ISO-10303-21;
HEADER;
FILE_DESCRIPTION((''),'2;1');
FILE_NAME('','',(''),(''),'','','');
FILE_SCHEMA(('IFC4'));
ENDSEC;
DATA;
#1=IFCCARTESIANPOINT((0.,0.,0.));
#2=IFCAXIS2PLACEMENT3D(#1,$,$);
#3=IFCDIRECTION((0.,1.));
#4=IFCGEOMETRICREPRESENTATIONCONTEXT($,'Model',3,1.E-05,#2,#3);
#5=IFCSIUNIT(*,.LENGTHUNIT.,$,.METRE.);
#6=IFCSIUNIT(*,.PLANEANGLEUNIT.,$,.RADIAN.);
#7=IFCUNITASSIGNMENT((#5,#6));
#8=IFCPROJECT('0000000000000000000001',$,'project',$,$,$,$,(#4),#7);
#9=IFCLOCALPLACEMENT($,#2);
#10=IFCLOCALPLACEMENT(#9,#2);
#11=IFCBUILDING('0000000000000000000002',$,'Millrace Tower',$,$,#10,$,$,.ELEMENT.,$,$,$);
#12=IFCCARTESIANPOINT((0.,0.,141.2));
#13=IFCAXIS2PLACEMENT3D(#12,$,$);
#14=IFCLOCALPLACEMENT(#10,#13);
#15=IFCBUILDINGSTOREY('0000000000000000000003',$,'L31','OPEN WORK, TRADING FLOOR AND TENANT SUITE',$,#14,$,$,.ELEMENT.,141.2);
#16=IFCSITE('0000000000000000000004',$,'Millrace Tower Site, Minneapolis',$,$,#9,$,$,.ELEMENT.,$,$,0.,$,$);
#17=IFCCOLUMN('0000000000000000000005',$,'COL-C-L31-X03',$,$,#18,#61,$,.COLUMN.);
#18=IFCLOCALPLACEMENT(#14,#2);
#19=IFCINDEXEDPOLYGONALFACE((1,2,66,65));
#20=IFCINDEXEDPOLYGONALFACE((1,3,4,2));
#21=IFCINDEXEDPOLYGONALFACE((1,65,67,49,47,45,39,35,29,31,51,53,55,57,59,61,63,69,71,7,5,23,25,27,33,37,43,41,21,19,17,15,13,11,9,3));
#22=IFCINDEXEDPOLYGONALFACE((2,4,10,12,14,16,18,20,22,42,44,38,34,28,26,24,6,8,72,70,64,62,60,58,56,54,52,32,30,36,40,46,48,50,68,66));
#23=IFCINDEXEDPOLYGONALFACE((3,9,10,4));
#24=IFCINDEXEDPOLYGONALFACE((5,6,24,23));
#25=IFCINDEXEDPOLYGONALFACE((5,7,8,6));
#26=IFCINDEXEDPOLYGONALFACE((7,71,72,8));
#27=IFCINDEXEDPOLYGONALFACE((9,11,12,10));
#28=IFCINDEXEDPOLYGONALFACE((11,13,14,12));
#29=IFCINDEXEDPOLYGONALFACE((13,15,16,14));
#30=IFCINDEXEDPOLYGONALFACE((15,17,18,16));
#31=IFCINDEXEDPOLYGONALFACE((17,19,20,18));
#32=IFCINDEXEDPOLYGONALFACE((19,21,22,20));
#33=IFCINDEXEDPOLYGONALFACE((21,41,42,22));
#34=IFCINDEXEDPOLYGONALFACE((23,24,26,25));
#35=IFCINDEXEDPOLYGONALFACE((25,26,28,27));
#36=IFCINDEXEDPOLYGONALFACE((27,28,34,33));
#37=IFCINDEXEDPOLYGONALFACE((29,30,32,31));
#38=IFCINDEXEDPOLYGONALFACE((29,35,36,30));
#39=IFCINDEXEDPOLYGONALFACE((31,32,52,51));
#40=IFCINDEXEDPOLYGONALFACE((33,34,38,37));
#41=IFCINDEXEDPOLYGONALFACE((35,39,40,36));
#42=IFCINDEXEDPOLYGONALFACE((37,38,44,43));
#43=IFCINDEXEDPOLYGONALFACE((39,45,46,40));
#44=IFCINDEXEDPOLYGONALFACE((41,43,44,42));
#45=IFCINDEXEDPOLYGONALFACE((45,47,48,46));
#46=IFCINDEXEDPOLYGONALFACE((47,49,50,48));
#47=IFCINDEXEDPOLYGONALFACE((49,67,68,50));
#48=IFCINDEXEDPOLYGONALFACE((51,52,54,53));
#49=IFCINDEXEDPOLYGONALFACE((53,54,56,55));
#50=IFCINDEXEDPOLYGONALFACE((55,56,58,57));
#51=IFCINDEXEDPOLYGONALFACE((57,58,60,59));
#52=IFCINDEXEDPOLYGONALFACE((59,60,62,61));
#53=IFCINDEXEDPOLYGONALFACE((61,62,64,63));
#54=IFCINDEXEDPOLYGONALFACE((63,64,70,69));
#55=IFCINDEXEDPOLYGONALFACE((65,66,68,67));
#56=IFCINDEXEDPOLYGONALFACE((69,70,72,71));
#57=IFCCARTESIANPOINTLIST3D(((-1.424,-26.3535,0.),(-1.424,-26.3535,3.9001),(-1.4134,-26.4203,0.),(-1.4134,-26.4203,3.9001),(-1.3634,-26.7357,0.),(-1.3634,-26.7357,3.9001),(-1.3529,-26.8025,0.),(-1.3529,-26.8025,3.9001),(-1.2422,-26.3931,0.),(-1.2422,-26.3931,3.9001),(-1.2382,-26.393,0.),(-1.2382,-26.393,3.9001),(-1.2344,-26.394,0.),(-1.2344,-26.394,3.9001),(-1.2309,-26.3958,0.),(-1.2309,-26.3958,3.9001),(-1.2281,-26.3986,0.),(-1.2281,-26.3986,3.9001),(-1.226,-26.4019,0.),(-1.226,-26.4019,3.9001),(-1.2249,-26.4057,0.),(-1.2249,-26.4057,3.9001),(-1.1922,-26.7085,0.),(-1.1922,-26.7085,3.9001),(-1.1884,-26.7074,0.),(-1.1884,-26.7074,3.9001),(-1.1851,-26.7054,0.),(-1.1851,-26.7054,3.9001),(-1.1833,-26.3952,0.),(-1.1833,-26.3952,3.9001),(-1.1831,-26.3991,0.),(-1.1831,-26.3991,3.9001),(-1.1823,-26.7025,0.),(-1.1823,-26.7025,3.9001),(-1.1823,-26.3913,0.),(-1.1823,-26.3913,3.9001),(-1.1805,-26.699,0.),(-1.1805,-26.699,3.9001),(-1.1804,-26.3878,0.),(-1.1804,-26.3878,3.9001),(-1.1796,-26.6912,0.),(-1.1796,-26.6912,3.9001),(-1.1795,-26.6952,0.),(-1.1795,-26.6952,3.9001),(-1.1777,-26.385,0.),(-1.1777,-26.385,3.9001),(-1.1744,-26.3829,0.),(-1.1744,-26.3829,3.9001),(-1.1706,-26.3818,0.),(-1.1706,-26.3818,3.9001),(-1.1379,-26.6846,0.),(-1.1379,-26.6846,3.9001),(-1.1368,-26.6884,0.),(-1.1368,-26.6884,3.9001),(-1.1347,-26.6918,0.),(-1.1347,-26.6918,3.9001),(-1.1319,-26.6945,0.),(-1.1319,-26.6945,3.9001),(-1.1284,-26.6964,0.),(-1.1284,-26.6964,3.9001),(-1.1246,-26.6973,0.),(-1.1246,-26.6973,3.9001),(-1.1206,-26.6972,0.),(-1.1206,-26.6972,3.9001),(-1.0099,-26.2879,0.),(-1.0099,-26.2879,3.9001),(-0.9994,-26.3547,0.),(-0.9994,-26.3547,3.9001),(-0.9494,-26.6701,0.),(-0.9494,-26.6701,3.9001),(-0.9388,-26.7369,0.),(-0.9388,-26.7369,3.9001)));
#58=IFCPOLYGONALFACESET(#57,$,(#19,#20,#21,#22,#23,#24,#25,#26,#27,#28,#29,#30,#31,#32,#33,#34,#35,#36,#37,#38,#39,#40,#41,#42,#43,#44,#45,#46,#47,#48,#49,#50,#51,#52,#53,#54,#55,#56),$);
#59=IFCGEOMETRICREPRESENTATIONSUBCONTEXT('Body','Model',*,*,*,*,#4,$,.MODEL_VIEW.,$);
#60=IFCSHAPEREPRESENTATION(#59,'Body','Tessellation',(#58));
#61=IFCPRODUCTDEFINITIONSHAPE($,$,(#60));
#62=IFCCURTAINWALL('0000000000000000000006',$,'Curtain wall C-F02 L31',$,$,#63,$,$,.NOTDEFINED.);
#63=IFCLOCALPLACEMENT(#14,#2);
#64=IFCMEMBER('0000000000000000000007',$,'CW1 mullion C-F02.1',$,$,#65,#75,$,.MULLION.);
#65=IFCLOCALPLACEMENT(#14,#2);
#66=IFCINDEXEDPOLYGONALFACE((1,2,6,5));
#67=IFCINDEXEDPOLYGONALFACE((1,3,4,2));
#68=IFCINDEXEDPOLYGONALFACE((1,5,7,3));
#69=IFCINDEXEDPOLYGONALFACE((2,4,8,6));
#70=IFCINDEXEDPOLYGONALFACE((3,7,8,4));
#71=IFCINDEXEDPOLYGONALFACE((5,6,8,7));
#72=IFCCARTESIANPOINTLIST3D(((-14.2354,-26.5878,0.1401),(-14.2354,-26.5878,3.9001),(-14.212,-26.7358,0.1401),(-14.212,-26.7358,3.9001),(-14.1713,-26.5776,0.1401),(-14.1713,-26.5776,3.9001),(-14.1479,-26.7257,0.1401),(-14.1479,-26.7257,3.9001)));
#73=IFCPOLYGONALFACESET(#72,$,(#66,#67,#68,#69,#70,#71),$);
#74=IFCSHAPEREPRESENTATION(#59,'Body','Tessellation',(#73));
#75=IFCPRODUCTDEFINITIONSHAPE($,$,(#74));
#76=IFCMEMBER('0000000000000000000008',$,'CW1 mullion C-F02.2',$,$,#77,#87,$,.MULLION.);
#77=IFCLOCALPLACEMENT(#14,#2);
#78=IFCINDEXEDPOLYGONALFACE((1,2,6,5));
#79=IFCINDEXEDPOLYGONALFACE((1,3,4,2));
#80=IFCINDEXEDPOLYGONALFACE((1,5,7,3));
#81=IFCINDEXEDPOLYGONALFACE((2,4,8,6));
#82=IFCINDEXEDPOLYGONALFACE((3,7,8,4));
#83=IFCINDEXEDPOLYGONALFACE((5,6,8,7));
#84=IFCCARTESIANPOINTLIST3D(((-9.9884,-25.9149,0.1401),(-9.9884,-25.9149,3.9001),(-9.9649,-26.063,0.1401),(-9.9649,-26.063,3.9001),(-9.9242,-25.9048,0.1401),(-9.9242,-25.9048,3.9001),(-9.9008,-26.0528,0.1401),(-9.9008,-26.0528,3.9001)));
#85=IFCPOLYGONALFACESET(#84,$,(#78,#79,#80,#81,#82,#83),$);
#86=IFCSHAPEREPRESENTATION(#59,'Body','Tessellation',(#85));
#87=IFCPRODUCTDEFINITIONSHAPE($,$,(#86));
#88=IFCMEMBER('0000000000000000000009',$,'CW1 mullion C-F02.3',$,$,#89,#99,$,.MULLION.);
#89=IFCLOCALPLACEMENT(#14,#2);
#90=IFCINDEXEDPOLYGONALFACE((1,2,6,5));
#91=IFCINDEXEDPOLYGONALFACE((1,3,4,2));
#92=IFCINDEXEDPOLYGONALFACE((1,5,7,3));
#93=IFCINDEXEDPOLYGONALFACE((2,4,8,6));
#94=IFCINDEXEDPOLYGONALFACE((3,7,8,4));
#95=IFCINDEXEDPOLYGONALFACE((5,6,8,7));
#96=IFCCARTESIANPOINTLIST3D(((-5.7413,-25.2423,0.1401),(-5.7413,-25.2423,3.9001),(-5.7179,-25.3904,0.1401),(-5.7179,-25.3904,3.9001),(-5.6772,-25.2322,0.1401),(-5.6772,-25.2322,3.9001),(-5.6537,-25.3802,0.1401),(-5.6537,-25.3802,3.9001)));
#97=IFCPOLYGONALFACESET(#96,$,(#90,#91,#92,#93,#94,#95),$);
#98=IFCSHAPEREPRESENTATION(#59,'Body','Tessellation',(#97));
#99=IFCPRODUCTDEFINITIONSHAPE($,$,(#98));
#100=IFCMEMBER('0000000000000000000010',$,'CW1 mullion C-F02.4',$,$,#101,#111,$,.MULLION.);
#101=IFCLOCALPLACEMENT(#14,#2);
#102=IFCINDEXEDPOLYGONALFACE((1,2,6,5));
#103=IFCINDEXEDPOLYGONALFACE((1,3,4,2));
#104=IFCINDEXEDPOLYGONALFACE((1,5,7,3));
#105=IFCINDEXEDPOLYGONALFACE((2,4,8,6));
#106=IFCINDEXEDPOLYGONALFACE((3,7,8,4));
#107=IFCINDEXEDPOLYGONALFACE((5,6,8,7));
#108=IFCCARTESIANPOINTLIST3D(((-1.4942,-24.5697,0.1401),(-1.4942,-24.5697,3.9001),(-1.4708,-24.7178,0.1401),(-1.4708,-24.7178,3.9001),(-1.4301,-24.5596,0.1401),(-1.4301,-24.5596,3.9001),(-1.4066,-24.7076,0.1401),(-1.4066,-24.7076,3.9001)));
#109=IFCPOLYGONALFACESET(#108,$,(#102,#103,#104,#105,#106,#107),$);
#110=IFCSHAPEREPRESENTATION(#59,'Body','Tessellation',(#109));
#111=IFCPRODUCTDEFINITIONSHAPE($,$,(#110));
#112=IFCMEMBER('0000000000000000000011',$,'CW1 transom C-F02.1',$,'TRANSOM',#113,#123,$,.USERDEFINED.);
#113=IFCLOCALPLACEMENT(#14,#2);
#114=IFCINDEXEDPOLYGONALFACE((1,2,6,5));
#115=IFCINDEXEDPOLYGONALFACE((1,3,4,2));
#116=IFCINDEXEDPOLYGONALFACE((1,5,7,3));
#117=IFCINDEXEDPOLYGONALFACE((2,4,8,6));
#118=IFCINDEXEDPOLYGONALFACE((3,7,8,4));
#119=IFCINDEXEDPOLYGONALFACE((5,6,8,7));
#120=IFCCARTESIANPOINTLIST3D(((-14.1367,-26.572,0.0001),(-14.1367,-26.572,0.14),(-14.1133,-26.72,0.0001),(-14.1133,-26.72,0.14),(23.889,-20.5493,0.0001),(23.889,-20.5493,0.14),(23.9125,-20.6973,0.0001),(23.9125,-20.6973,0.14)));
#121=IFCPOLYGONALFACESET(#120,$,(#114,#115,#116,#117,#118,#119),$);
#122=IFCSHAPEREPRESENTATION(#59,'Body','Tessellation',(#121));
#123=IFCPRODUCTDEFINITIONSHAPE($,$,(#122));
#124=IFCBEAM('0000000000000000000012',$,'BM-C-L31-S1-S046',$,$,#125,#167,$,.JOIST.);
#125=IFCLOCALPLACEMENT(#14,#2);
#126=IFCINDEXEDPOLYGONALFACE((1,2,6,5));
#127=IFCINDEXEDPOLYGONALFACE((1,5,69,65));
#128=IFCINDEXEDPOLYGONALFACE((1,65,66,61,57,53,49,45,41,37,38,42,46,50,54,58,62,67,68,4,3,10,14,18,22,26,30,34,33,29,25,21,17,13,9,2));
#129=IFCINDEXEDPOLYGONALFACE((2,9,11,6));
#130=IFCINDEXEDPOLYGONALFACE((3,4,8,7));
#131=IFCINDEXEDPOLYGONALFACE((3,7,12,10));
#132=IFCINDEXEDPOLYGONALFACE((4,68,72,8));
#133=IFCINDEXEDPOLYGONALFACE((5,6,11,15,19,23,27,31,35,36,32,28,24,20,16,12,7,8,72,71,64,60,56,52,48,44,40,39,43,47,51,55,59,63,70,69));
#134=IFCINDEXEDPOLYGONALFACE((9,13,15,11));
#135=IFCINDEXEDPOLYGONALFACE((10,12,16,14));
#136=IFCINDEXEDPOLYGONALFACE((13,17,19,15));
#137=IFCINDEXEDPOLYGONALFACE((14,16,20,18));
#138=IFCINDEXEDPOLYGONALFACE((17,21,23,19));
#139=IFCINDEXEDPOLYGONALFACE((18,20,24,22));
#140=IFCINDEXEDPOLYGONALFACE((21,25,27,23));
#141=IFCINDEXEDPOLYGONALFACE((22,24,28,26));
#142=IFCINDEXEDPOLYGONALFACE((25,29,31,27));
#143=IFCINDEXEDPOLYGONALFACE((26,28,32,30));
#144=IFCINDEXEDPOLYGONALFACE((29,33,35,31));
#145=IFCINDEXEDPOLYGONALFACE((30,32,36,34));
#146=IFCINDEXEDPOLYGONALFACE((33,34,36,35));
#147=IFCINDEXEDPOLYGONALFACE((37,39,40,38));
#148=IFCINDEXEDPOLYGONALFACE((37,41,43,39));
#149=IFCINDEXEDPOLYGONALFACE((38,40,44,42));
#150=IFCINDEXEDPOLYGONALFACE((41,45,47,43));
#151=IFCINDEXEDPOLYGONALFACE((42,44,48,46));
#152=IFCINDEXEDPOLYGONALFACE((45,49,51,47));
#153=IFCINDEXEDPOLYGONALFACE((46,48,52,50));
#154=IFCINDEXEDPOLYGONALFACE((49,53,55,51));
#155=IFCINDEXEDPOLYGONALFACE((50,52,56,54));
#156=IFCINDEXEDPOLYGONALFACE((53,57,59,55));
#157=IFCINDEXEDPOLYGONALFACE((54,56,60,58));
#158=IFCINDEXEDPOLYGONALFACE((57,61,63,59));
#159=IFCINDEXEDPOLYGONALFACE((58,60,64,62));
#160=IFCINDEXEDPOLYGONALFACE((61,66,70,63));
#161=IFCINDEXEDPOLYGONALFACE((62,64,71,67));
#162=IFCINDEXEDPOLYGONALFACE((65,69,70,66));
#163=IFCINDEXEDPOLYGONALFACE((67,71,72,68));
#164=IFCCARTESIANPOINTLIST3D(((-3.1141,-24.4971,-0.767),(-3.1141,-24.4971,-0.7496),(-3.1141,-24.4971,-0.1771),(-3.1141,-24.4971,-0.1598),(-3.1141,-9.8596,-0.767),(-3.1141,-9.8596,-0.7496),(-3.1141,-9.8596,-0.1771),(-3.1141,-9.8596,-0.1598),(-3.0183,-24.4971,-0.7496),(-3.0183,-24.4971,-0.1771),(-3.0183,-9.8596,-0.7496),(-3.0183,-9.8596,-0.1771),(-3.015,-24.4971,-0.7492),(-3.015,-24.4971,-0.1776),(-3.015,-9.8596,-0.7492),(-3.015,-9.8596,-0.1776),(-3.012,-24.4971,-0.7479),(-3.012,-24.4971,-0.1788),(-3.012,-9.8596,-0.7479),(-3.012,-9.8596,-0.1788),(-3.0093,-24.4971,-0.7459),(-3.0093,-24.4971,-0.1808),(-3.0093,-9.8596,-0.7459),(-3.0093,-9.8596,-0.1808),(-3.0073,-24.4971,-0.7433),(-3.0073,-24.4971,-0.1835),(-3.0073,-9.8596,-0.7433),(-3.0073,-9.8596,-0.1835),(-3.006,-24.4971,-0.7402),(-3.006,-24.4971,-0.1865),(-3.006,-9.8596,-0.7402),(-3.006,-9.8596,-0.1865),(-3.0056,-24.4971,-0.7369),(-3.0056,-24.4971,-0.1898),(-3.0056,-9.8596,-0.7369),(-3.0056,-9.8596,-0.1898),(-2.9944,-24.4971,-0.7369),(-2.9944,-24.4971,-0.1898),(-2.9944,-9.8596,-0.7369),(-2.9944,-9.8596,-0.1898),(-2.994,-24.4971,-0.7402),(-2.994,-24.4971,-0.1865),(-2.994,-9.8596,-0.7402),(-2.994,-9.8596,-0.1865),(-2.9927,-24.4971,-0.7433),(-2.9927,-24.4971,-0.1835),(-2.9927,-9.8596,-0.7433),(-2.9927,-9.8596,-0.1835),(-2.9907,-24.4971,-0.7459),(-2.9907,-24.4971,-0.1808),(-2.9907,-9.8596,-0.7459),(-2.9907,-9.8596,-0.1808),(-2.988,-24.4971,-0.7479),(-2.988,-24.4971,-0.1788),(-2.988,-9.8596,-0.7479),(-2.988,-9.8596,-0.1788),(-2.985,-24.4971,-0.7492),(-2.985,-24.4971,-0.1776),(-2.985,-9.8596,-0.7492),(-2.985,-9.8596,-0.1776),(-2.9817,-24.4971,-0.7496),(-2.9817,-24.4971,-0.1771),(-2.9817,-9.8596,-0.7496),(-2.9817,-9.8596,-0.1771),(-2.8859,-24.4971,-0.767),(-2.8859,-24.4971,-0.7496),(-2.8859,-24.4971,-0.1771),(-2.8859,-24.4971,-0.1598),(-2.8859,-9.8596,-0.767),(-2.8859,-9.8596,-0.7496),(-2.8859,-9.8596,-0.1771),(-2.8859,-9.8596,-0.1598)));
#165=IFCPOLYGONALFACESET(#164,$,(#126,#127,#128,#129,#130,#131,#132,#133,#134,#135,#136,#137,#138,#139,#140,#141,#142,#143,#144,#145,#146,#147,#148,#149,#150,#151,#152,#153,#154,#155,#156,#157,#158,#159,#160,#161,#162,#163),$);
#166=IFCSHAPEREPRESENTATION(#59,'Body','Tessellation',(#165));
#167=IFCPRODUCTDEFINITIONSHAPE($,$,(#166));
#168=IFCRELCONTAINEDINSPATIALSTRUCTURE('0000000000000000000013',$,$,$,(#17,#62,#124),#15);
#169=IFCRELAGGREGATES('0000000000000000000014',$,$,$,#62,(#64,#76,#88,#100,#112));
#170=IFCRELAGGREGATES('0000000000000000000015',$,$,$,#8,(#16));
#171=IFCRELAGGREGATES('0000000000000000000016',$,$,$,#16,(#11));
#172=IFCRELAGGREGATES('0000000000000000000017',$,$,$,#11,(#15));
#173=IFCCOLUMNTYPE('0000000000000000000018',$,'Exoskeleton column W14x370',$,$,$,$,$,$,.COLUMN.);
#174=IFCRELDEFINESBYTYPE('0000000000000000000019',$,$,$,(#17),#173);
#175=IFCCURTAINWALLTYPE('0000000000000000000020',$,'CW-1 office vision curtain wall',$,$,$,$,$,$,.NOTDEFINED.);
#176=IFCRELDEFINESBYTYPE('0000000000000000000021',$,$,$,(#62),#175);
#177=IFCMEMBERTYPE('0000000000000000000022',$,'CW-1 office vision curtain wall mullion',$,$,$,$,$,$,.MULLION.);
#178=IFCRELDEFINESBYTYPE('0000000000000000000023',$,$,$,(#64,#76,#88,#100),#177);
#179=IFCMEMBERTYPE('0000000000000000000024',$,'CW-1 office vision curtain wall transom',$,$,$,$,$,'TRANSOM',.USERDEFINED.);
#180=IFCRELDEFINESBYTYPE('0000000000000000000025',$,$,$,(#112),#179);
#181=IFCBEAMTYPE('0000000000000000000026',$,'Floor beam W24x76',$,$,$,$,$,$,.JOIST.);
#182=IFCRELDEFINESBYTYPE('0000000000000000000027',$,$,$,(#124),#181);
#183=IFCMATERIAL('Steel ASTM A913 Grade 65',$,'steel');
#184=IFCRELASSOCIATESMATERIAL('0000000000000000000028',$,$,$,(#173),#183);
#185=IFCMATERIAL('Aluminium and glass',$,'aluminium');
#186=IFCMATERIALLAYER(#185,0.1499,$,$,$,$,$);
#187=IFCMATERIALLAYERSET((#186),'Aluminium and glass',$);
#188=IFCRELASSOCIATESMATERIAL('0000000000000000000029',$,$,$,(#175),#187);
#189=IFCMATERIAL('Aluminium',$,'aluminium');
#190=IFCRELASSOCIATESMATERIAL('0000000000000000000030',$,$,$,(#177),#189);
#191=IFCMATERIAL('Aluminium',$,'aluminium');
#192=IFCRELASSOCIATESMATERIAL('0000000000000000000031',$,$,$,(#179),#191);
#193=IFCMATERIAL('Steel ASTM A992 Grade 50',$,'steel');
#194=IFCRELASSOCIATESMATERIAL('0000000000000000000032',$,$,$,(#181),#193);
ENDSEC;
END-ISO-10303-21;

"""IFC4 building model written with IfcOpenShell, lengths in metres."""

from ifc_helpers import new_model, si_unit, direction, frame, origin, origin_2d, place, context, subcontext, project, spatial, rectangle, i_section, extrude, material, layer, layer_set, material_profile, profile_set, type_object, element, aggregate, save


model = new_model("IFC4")

# Units and contexts
model_context = context("Model", 3, precision=1e-05, world=origin(), true_north=direction((0.0, 1.0)))
body_context = subcontext(model_context, "Body", "Model", "MODEL_VIEW")
ifc_project = project(units=[si_unit("LENGTHUNIT", "METRE"), si_unit("PLANEANGLEUNIT", "RADIAN")], contexts=[model_context])

# Site, building, storey
site_placement = place(None, origin())
site = spatial("IfcSite", under=ifc_project, at=site_placement, Name="Millrace Tower Site, Minneapolis", CompositionType="ELEMENT", RefElevation=0.0)
building_placement = place(site_placement, origin())
building = spatial("IfcBuilding", under=site, at=building_placement, Name="Millrace Tower", CompositionType="ELEMENT")
storey_placement = place(building_placement, frame((0.0, 0.0, 141.2)))
storey = spatial("IfcBuildingStorey", under=building, at=storey_placement, Name="L31", Description="OPEN WORK, TRADING FLOOR AND TENANT SUITE", CompositionType="ELEMENT", Elevation=141.2)

# Column
ifc_material_1 = material(Name="Steel ASTM A913 Grade 65", Category="steel")
ifc_material_profile_1 = material_profile(ifc_material_1, i_section(OverallWidth=0.4192, OverallDepth=0.4546, WebThickness=0.0422, FlangeThickness=0.0676, FilletRadius=0.0151, at=origin_2d()))
ifc_profile_set_1 = profile_set([ifc_material_profile_1], Name="Steel ASTM A913 Grade 65")
column_type = type_object("IfcColumnType", Name="Exoskeleton column W14x370", PredefinedType="COLUMN", material=ifc_profile_set_1)
column_placement = place(storey_placement, frame((-1.1814, -26.5452, 0.0), z_axis=(0.0, 0.0, 1.0), x_axis=(0.987688, 0.156434, 0.0)))
element("IfcColumn", 1, at=column_placement, inside=storey, type_object=column_type, Name="COL-C-L31-X03", PredefinedType="COLUMN", context=body_context, shape_type="SweptSolid", body=[
    extrude(i_section(OverallWidth=0.4192, OverallDepth=0.4546, WebThickness=0.0422, FlangeThickness=0.0676, FilletRadius=0.0151, at=origin_2d()), origin(), (0.0, 0.0, 1.0), 3.9001),
])

# Curtain wall, members
ifc_material_2 = material(Name="Aluminium and glass", Category="aluminium")
ifc_layer_1 = layer(ifc_material_2, 0.1499)
ifc_layer_set_1 = layer_set([ifc_layer_1], Name="Aluminium and glass")
curtain_wall_type = type_object("IfcCurtainWallType", Name="CW-1 office vision curtain wall", PredefinedType="NOTDEFINED", material=ifc_layer_set_1)
curtain_wall_placement = place(storey_placement, origin())
curtain_wall = element("IfcCurtainWall", 2, at=curtain_wall_placement, inside=storey, type_object=curtain_wall_type, Name="Curtain wall C-F02 L31", PredefinedType="NOTDEFINED")
ifc_material_3 = material(Name="Aluminium", Category="aluminium")
ifc_material_profile_2 = material_profile(ifc_material_3, rectangle(XDim=0.0649, YDim=0.1499, at=origin_2d()))
ifc_profile_set_2 = profile_set([ifc_material_profile_2], Name="Aluminium")
member_type_1 = type_object("IfcMemberType", Name="CW-1 office vision curtain wall mullion", PredefinedType="MULLION", material=ifc_profile_set_2)
member_1_placement = place(storey_placement, frame((-14.1917, -26.6567, 0.1401), z_axis=(0.0, 0.0, 1.0), x_axis=(0.987688, 0.156434, 0.0)))
member_1 = element("IfcMember", 3, at=member_1_placement, type_object=member_type_1, Name="CW1 mullion C-F02.1", PredefinedType="MULLION", context=body_context, shape_type="SweptSolid", body=[
    extrude(rectangle(XDim=0.0649, YDim=0.1499, at=origin_2d()), origin(), (0.0, 0.0, 1.0), 3.76),
])
member_2_placement = place(storey_placement, frame((-9.9446, -25.9839, 0.1401), z_axis=(0.0, 0.0, 1.0), x_axis=(0.987688, 0.156434, 0.0)))
member_2 = element("IfcMember", 4, at=member_2_placement, type_object=member_type_1, Name="CW1 mullion C-F02.2", PredefinedType="MULLION", context=body_context, shape_type="SweptSolid", body=[
    extrude(rectangle(XDim=0.0649, YDim=0.1499, at=origin_2d()), origin(), (0.0, 0.0, 1.0), 3.76),
])
member_3_placement = place(storey_placement, frame((-5.6975, -25.3113, 0.1401), z_axis=(0.0, 0.0, 1.0), x_axis=(0.987688, 0.156434, 0.0)))
member_3 = element("IfcMember", 5, at=member_3_placement, type_object=member_type_1, Name="CW1 mullion C-F02.3", PredefinedType="MULLION", context=body_context, shape_type="SweptSolid", body=[
    extrude(rectangle(XDim=0.0649, YDim=0.1499, at=origin_2d()), origin(), (0.0, 0.0, 1.0), 3.76),
])
member_4_placement = place(storey_placement, frame((-1.4504, -24.6387, 0.1401), z_axis=(0.0, 0.0, 1.0), x_axis=(0.987688, 0.156434, 0.0)))
member_4 = element("IfcMember", 6, at=member_4_placement, type_object=member_type_1, Name="CW1 mullion C-F02.4", PredefinedType="MULLION", context=body_context, shape_type="SweptSolid", body=[
    extrude(rectangle(XDim=0.0649, YDim=0.1499, at=origin_2d()), origin(), (0.0, 0.0, 1.0), 3.76),
])
ifc_material_4 = material(Name="Aluminium", Category="aluminium")
ifc_material_profile_3 = material_profile(ifc_material_4, rectangle(XDim=0.1499, YDim=0.1399, at=origin_2d()))
ifc_profile_set_3 = profile_set([ifc_material_profile_3], Name="Aluminium")
member_type_2 = type_object("IfcMemberType", Name="CW-1 office vision curtain wall transom", ElementType="TRANSOM", PredefinedType="USERDEFINED", material=ifc_profile_set_3)
member_5_placement = place(storey_placement, frame((-14.125, -26.646, 0.0701), z_axis=(0.987688, 0.156434, 0.0), x_axis=(-0.156434, 0.987688, 0.0)))
member_5 = element("IfcMember", 7, at=member_5_placement, type_object=member_type_2, Name="CW1 transom C-F02.1", ObjectType="TRANSOM", PredefinedType="USERDEFINED", context=body_context, shape_type="SweptSolid", body=[
    extrude(rectangle(XDim=0.1499, YDim=0.1399, at=origin_2d()), origin(), (0.0, 0.0, 1.0), 38.4998),
])
aggregate(curtain_wall, [member_1, member_2, member_3, member_4, member_5])

# Beam
ifc_material_5 = material(Name="Steel ASTM A992 Grade 50", Category="steel")
ifc_material_profile_4 = material_profile(ifc_material_5, i_section(OverallWidth=0.2283, OverallDepth=0.6072, WebThickness=0.0112, FlangeThickness=0.0173, FilletRadius=0.0127, at=origin_2d()))
ifc_profile_set_4 = profile_set([ifc_material_profile_4], Name="Steel ASTM A992 Grade 50")
beam_type_1 = type_object("IfcBeamType", Name="Floor beam W24x76", PredefinedType="JOIST", material=ifc_profile_set_4)
beam_1_placement = place(storey_placement, frame((-3.0, -24.4971, -0.4634), z_axis=(0.0, 1.0, 0.0), x_axis=(-1.0, 0.0, 0.0)))
element("IfcBeam", 8, at=beam_1_placement, inside=storey, type_object=beam_type_1, Name="BM-C-L31-S1-S046", PredefinedType="JOIST", context=body_context, shape_type="SweptSolid", body=[
    extrude(i_section(OverallWidth=0.2283, OverallDepth=0.6072, WebThickness=0.0112, FlangeThickness=0.0173, FilletRadius=0.0127, at=origin_2d()), origin(), (0.0, 0.0, 1.0), 14.6375),
])

save(model, "model.ifc")
